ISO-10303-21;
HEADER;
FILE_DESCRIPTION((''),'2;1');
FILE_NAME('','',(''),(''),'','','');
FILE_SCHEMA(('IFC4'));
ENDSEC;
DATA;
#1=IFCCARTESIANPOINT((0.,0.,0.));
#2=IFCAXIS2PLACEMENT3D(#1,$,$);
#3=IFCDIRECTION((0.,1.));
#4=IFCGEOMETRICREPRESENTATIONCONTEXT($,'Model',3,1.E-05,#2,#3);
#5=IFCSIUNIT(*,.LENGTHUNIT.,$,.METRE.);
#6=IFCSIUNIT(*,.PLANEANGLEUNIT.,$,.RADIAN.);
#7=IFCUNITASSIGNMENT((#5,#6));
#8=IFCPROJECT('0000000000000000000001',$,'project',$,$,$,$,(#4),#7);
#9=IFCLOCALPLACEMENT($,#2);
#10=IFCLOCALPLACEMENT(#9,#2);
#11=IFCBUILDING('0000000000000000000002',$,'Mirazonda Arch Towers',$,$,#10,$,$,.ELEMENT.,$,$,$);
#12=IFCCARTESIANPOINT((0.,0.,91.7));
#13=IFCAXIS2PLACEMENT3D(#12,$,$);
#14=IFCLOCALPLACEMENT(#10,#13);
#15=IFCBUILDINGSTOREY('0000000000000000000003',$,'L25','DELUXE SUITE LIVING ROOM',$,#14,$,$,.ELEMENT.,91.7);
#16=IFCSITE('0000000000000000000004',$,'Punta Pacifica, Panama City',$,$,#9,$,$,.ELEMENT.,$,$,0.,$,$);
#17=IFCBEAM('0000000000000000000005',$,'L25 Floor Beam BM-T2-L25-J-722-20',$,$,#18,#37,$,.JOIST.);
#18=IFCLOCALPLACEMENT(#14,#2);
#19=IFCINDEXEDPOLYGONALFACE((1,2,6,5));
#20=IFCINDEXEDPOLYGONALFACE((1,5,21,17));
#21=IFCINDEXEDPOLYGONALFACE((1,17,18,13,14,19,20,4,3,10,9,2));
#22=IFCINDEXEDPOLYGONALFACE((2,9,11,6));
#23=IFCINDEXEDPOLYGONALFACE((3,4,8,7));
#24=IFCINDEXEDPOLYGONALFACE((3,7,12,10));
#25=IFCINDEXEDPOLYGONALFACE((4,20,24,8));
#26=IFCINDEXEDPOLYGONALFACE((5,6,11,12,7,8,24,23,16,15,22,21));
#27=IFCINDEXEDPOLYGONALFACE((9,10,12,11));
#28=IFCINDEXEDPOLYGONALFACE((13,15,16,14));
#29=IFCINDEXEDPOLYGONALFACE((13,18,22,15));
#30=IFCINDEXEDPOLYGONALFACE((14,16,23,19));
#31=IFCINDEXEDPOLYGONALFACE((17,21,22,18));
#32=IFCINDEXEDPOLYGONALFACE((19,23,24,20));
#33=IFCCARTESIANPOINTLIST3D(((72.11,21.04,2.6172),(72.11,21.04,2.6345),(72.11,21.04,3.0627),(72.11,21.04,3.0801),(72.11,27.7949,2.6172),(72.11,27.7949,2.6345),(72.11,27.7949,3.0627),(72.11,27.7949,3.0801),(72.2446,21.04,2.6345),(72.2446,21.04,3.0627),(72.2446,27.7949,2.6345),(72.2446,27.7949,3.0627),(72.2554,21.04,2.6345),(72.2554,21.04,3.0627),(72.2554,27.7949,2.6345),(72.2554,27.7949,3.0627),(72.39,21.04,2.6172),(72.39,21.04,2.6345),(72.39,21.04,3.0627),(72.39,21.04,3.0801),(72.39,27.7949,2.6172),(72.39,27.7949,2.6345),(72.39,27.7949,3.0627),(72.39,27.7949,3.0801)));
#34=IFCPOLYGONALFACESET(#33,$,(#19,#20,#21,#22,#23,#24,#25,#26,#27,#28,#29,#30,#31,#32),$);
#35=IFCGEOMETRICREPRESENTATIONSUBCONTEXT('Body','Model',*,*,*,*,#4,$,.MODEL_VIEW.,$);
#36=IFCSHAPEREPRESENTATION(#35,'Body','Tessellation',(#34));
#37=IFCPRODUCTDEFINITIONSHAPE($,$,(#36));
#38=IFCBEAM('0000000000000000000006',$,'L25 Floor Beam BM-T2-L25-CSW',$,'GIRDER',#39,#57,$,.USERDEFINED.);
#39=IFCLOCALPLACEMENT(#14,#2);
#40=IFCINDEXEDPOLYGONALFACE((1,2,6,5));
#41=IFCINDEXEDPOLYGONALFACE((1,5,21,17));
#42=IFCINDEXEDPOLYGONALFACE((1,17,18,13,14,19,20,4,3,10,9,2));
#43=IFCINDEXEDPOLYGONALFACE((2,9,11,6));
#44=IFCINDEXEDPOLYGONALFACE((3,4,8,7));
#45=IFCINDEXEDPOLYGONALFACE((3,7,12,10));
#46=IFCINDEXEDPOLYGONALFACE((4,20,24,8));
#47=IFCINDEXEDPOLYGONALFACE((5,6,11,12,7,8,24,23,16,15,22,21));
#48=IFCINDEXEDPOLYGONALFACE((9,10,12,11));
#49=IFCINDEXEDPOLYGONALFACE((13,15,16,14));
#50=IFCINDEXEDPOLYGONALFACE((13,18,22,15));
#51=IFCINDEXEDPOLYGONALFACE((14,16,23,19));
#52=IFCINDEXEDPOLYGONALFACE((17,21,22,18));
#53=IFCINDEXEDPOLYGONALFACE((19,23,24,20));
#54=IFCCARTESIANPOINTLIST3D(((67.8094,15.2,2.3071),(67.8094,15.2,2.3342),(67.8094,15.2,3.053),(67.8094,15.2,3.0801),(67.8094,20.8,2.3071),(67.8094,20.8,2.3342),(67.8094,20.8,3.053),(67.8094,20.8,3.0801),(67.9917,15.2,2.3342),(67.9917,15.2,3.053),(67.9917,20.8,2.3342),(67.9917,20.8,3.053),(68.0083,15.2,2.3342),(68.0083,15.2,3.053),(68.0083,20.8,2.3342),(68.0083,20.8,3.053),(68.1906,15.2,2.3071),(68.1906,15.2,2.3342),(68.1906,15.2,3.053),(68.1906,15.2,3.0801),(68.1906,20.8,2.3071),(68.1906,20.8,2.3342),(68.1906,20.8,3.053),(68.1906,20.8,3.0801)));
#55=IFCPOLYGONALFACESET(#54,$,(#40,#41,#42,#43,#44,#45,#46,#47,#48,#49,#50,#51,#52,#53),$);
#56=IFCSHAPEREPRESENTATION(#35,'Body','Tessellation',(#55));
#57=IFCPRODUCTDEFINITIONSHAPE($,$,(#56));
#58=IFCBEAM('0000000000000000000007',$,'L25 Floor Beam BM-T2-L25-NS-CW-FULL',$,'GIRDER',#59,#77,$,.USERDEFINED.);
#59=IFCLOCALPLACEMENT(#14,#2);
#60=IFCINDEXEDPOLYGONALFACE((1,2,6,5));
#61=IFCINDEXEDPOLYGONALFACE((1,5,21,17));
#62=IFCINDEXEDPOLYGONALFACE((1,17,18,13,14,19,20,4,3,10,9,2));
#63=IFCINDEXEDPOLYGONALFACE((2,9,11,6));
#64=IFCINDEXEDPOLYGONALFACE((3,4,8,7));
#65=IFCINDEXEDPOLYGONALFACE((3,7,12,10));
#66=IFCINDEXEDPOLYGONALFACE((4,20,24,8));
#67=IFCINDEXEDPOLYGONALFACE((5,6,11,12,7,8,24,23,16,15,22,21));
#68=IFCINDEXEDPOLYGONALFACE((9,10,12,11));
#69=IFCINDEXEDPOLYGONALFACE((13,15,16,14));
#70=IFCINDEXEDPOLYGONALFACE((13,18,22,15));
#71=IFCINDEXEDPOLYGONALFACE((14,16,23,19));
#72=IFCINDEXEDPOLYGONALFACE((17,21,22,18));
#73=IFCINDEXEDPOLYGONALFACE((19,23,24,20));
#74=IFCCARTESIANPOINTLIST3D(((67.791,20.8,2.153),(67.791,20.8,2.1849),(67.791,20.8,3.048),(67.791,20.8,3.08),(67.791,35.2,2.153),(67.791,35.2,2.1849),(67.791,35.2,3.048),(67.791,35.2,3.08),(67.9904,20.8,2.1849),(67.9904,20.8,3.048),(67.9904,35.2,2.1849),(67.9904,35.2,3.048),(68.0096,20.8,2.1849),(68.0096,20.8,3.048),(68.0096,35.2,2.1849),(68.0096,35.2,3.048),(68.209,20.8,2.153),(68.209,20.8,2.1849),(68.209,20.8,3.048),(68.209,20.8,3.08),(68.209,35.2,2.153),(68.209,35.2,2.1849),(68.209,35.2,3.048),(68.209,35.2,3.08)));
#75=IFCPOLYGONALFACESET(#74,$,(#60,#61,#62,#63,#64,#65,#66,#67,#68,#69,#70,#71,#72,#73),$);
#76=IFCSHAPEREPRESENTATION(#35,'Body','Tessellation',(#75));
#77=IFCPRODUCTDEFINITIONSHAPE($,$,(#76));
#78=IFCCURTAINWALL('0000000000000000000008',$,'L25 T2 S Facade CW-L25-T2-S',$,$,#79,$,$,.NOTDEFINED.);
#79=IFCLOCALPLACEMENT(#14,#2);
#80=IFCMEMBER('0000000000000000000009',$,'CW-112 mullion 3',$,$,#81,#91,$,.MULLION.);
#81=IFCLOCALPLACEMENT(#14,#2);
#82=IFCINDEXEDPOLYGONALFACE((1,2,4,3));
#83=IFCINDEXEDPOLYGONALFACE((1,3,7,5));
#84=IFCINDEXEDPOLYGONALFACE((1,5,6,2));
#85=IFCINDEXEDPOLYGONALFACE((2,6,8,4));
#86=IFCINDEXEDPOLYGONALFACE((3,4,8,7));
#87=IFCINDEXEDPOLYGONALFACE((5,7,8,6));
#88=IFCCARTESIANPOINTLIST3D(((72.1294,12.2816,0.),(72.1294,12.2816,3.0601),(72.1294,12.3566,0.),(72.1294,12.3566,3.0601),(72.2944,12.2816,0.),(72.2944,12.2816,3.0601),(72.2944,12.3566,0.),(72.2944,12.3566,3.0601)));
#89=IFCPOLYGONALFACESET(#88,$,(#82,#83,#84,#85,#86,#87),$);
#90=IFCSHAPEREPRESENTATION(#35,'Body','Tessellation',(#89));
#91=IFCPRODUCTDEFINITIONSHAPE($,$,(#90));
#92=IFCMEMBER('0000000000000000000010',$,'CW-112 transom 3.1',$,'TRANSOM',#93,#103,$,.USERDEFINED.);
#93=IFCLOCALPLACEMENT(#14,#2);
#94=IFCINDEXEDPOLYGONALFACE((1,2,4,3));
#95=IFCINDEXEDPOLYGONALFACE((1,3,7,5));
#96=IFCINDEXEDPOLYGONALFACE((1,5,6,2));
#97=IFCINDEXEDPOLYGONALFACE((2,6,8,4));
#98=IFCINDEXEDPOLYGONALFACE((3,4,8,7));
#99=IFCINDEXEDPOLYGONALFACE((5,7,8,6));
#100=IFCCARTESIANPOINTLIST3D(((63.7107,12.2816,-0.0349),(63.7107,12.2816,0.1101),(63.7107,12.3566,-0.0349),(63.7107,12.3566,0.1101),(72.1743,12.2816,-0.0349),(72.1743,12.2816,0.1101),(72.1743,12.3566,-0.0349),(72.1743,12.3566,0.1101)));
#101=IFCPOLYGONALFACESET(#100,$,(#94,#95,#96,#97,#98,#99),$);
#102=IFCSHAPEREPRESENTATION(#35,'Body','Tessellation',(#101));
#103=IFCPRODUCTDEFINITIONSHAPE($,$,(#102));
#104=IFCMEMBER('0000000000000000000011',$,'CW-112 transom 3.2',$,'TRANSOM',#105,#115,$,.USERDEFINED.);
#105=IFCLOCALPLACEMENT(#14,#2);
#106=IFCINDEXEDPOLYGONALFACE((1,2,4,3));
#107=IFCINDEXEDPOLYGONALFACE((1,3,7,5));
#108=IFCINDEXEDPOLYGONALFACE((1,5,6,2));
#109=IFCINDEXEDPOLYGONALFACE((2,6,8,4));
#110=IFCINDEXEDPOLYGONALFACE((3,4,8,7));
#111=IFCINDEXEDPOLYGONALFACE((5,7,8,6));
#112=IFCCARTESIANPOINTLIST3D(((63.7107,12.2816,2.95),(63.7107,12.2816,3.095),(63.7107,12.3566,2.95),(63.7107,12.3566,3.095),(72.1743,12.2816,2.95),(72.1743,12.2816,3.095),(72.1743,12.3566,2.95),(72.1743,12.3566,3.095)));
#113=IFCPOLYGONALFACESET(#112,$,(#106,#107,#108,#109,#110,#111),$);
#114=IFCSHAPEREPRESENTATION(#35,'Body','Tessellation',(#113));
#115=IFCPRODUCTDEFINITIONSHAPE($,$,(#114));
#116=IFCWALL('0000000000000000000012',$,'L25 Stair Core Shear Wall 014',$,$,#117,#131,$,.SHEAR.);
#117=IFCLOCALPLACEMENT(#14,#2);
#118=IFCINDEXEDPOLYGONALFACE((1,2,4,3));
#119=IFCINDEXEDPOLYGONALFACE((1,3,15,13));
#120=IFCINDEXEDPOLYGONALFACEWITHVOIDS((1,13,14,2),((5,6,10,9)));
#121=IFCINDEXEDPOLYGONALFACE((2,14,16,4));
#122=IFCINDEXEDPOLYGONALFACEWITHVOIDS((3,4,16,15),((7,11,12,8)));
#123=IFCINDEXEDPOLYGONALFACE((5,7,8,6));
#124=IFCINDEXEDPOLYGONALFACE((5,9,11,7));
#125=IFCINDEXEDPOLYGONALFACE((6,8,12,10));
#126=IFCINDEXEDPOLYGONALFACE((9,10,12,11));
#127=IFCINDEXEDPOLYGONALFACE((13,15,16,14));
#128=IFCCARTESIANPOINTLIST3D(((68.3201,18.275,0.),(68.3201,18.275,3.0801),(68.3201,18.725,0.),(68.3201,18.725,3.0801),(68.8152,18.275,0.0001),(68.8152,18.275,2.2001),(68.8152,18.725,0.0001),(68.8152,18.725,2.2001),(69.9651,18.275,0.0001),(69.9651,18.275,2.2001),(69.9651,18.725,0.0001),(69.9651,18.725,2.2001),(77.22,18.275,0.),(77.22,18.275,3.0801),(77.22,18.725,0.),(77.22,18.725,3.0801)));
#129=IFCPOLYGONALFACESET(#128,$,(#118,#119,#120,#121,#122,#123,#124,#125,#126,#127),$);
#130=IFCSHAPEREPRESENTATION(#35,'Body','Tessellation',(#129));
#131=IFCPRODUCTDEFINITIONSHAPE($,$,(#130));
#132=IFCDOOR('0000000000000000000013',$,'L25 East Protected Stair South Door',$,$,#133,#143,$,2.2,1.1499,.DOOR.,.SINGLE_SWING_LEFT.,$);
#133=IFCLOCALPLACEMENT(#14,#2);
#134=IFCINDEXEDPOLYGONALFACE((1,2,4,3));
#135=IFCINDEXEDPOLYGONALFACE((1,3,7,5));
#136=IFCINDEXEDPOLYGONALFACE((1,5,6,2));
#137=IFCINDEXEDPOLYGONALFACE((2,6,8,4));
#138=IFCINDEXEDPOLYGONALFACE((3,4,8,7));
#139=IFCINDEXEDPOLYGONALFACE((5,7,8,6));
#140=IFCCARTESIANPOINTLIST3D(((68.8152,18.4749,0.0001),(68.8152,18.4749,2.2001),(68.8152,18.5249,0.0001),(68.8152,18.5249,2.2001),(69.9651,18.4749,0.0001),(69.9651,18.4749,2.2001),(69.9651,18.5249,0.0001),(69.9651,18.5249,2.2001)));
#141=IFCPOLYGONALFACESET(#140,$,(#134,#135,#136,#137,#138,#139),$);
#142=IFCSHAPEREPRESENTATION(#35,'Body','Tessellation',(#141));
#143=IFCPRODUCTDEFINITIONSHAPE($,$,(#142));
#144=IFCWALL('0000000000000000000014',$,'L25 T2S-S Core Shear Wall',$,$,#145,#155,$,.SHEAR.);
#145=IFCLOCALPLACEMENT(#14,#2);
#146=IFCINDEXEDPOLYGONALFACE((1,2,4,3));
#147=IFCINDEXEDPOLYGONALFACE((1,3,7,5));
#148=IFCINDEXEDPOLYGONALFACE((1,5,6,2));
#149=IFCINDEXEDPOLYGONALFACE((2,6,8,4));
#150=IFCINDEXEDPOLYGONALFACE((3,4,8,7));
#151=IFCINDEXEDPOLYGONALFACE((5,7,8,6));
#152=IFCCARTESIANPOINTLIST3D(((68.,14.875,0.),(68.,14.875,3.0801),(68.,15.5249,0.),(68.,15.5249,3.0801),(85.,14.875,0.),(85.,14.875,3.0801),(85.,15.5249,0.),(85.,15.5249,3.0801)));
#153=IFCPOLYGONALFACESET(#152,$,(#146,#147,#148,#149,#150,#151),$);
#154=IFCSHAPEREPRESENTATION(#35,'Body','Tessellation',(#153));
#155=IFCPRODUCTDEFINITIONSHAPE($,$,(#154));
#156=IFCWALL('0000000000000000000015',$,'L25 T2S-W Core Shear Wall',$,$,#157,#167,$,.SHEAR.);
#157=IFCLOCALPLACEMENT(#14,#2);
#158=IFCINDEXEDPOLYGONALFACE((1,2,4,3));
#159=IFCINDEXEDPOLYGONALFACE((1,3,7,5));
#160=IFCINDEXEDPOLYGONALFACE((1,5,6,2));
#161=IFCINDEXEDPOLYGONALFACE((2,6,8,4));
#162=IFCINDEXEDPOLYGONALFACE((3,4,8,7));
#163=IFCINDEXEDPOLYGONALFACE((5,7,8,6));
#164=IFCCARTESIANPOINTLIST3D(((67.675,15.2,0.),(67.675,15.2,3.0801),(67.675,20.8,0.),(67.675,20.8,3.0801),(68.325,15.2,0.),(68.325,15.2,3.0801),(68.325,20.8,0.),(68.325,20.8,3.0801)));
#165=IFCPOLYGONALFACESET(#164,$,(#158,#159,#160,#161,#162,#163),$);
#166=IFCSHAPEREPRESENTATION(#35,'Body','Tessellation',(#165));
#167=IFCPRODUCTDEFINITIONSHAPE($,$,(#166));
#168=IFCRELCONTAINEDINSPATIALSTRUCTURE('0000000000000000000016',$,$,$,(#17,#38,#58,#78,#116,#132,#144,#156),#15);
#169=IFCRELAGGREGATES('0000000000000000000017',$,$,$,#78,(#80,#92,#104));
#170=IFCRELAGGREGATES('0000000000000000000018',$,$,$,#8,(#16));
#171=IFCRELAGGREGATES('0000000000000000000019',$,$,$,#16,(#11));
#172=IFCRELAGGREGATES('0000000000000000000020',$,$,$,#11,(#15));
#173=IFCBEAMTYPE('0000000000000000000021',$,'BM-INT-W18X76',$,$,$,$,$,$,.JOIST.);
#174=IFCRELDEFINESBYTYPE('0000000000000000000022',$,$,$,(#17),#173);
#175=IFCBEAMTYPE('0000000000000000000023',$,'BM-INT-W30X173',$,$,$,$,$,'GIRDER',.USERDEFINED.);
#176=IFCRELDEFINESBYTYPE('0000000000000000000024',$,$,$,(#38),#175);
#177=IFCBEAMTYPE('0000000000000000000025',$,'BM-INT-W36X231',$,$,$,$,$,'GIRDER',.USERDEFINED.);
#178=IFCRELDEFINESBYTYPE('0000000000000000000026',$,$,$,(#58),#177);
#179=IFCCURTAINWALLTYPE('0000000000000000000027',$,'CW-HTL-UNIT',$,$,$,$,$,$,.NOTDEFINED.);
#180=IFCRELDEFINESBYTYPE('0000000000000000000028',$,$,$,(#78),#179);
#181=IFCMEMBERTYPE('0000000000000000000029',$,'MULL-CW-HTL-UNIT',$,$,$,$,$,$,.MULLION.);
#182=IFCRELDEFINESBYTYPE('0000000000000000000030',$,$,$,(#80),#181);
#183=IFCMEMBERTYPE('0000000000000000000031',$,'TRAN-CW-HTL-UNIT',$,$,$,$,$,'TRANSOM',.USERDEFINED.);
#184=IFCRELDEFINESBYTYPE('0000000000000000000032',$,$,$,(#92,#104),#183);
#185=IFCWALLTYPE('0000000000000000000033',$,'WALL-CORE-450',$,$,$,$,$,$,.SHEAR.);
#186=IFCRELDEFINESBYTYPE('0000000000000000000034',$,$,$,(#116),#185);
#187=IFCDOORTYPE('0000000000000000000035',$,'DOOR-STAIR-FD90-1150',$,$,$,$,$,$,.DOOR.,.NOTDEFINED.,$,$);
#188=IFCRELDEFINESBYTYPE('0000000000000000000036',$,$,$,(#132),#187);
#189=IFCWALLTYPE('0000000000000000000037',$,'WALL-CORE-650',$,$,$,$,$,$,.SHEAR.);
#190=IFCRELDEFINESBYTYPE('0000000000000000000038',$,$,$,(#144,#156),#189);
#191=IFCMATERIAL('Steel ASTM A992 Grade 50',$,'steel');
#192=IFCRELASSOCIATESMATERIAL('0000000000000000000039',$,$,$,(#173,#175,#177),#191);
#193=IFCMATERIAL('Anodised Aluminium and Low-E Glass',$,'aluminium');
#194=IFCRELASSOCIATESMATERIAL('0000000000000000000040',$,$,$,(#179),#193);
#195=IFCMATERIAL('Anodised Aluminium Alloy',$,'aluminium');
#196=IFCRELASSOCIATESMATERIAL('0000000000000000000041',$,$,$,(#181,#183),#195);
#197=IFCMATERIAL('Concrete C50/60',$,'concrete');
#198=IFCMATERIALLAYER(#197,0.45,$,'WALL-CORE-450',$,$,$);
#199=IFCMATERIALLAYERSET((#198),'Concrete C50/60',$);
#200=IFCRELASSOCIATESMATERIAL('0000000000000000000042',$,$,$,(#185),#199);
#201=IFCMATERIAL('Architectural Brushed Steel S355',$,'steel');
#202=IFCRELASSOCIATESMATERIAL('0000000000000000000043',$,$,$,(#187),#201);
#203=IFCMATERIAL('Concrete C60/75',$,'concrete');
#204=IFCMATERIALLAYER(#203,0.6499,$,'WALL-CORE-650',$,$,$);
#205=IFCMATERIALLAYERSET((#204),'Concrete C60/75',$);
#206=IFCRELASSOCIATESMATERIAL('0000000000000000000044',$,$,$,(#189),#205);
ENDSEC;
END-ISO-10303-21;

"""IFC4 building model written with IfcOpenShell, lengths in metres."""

from ifc_helpers import new_model, si_unit, direction, frame, frame_2d, origin, origin_2d, place, context, subcontext, project, spatial, rectangle, i_section, extrude, material, layer, layer_set, material_profile, profile_set, type_object, element, fill, aggregate, save


model = new_model("IFC4")

# Units and contexts
model_context = context("Model", 3, precision=1e-05, world=origin(), true_north=direction((0.0, 1.0)))
body_context = subcontext(model_context, "Body", "Model", "MODEL_VIEW")
ifc_project = project(units=[si_unit("LENGTHUNIT", "METRE"), si_unit("PLANEANGLEUNIT", "RADIAN")], contexts=[model_context])

# Site, building, storey
site_placement = place(None, origin())
site = spatial("IfcSite", under=ifc_project, at=site_placement, Name="Punta Pacifica, Panama City", CompositionType="ELEMENT", RefElevation=0.0)
building_placement = place(site_placement, origin())
building = spatial("IfcBuilding", under=site, at=building_placement, Name="Mirazonda Arch Towers", CompositionType="ELEMENT")
storey_placement = place(building_placement, frame((0.0, 0.0, 91.7)))
storey = spatial("IfcBuildingStorey", under=building, at=storey_placement, Name="L25", Description="DELUXE SUITE LIVING ROOM", CompositionType="ELEMENT", Elevation=91.7)

# Beams
ifc_material_1 = material(Name="Steel ASTM A992 Grade 50", Category="steel")
ifc_material_profile_1 = material_profile(ifc_material_1, i_section(OverallWidth=0.28, OverallDepth=0.4629, WebThickness=0.0107, FlangeThickness=0.0173, at=origin_2d()), Name="W18X76")
ifc_profile_set_1 = profile_set([ifc_material_profile_1], Name="Steel ASTM A992 Grade 50")
beam_type_1 = type_object("IfcBeamType", Name="BM-INT-W18X76", PredefinedType="JOIST", material=ifc_profile_set_1)
beam_1_placement = place(storey_placement, frame((72.25, 21.04, 2.8486), z_axis=(0.0, 1.0, 0.0), x_axis=(-1.0, 0.0, 0.0)))
element("IfcBeam", 1, at=beam_1_placement, inside=storey, type_object=beam_type_1, Name="L25 Floor Beam BM-T2-L25-J-722-20", PredefinedType="JOIST", context=body_context, shape_type="SweptSolid", body=[
    extrude(i_section(OverallWidth=0.28, OverallDepth=0.4629, WebThickness=0.0107, FlangeThickness=0.0173, at=origin_2d()), origin(), (0.0, 0.0, 1.0), 6.7549),
])
ifc_material_profile_2 = material_profile(ifc_material_1, i_section(OverallWidth=0.3811, OverallDepth=0.7729, WebThickness=0.0166, FlangeThickness=0.0271, at=origin_2d()), Name="W30X173")
ifc_profile_set_2 = profile_set([ifc_material_profile_2], Name="Steel ASTM A992 Grade 50")
beam_type_2 = type_object("IfcBeamType", Name="BM-INT-W30X173", ElementType="GIRDER", PredefinedType="USERDEFINED", material=ifc_profile_set_2)
beam_2_placement = place(storey_placement, frame((68.0, 15.2, 2.6936), z_axis=(0.0, 1.0, 0.0), x_axis=(-1.0, 0.0, 0.0)))
element("IfcBeam", 2, at=beam_2_placement, inside=storey, type_object=beam_type_2, Name="L25 Floor Beam BM-T2-L25-CSW", ObjectType="GIRDER", PredefinedType="USERDEFINED", context=body_context, shape_type="SweptSolid", body=[
    extrude(i_section(OverallWidth=0.3811, OverallDepth=0.7729, WebThickness=0.0166, FlangeThickness=0.0271, at=origin_2d()), origin(), (0.0, 0.0, 1.0), 5.6001),
])
ifc_material_profile_3 = material_profile(ifc_material_1, i_section(OverallWidth=0.418, OverallDepth=0.927, WebThickness=0.0193, FlangeThickness=0.032, at=origin_2d()), Name="W36X231")
ifc_profile_set_3 = profile_set([ifc_material_profile_3], Name="Steel ASTM A992 Grade 50")
beam_type_3 = type_object("IfcBeamType", Name="BM-INT-W36X231", ElementType="GIRDER", PredefinedType="USERDEFINED", material=ifc_profile_set_3)
beam_3_placement = place(storey_placement, frame((68.0, 20.8, 2.6165), z_axis=(0.0, 1.0, 0.0), x_axis=(-1.0, 0.0, 0.0)))
element("IfcBeam", 3, at=beam_3_placement, inside=storey, type_object=beam_type_3, Name="L25 Floor Beam BM-T2-L25-NS-CW-FULL", ObjectType="GIRDER", PredefinedType="USERDEFINED", context=body_context, shape_type="SweptSolid", body=[
    extrude(i_section(OverallWidth=0.418, OverallDepth=0.927, WebThickness=0.0193, FlangeThickness=0.032, at=origin_2d()), origin(), (0.0, 0.0, 1.0), 14.3999),
])

# Curtain wall, members
ifc_material_2 = material(Name="Anodised Aluminium and Low-E Glass", Category="aluminium")
curtain_wall_type = type_object("IfcCurtainWallType", Name="CW-HTL-UNIT", PredefinedType="NOTDEFINED", material=ifc_material_2)
curtain_wall_placement = place(storey_placement, origin())
curtain_wall = element("IfcCurtainWall", 4, at=curtain_wall_placement, inside=storey, type_object=curtain_wall_type, Name="L25 T2 S Facade CW-L25-T2-S", PredefinedType="NOTDEFINED")
ifc_material_3 = material(Name="Anodised Aluminium Alloy", Category="aluminium")
ifc_material_profile_4 = material_profile(ifc_material_3, rectangle(XDim=0.075, YDim=0.165, at=origin_2d()), Name="ALU-MULL-75x165")
ifc_profile_set_4 = profile_set([ifc_material_profile_4], Name="Anodised Aluminium Alloy")
member_type_1 = type_object("IfcMemberType", Name="MULL-CW-HTL-UNIT", PredefinedType="MULLION", material=ifc_profile_set_4)
member_1_placement = place(storey_placement, frame((72.2119, 12.3191, 0.0), z_axis=(0.0, 0.0, 1.0), x_axis=(0.0, -1.0, 0.0)))
member_1 = element("IfcMember", 5, at=member_1_placement, type_object=member_type_1, Name="CW-112 mullion 3", PredefinedType="MULLION", context=body_context, shape_type="SweptSolid", body=[
    extrude(rectangle(XDim=0.075, YDim=0.165, at=origin_2d()), origin(), (0.0, 0.0, 1.0), 3.0601),
])
ifc_material_profile_5 = material_profile(ifc_material_3, rectangle(XDim=0.075, YDim=0.145, at=origin_2d()), Name="ALU-TRAN-75x145")
ifc_profile_set_5 = profile_set([ifc_material_profile_5], Name="Anodised Aluminium Alloy")
member_type_2 = type_object("IfcMemberType", Name="TRAN-CW-HTL-UNIT", ElementType="TRANSOM", PredefinedType="USERDEFINED", material=ifc_profile_set_5)
member_2_placement = place(storey_placement, frame((72.1743, 12.3191, 0.0376), z_axis=(-1.0, 0.0, 0.0), x_axis=(0.0, -1.0, 0.0)))
member_2 = element("IfcMember", 6, at=member_2_placement, type_object=member_type_2, Name="CW-112 transom 3.1", ObjectType="TRANSOM", PredefinedType="USERDEFINED", context=body_context, shape_type="SweptSolid", body=[
    extrude(rectangle(XDim=0.075, YDim=0.145, at=origin_2d()), origin(), (0.0, 0.0, 1.0), 8.4636),
])
member_3_placement = place(storey_placement, frame((72.1743, 12.3191, 3.0225), z_axis=(-1.0, 0.0, 0.0), x_axis=(0.0, -1.0, 0.0)))
member_3 = element("IfcMember", 7, at=member_3_placement, type_object=member_type_2, Name="CW-112 transom 3.2", ObjectType="TRANSOM", PredefinedType="USERDEFINED", context=body_context, shape_type="SweptSolid", body=[
    extrude(rectangle(XDim=0.075, YDim=0.145, at=origin_2d()), origin(), (0.0, 0.0, 1.0), 8.4636),
])
aggregate(curtain_wall, [member_1, member_2, member_3])

# Wall, opening, door
ifc_material_4 = material(Name="Concrete C50/60", Category="concrete")
ifc_layer_1 = layer(ifc_material_4, 0.45, Name="WALL-CORE-450")
ifc_layer_set_1 = layer_set([ifc_layer_1], Name="Concrete C50/60")
wall_type_1 = type_object("IfcWallType", Name="WALL-CORE-450", PredefinedType="SHEAR", material=ifc_layer_set_1)
wall_1_placement = place(storey_placement, frame((68.3201, 18.5, 0.0), z_axis=(0.0, 0.0, 1.0), x_axis=(1.0, 0.0, 0.0)))
wall_1 = element("IfcWall", 8, at=wall_1_placement, inside=storey, type_object=wall_type_1, Name="L25 Stair Core Shear Wall 014", PredefinedType="SHEAR", context=body_context, shape_type="SweptSolid", body=[
    extrude(rectangle(XDim=8.8999, YDim=0.45, at=frame_2d((4.45, 0.0))), origin(), (0.0, 0.0, 1.0), 3.0801),
])
opening_1_placement = place(wall_1_placement, frame((0.4951, 0.0, 0.0)))
opening_1 = element("IfcOpeningElement", 9, at=opening_1_placement, cuts=wall_1, PredefinedType="OPENING", context=body_context, shape_type="SweptSolid", body=[
    extrude(rectangle(XDim=1.1499, YDim=2.2, at=frame_2d((0.575, 1.1001))), frame((0.0, 0.2349, 0.0), z_axis=(0.0, -1.0, 0.0), x_axis=(1.0, 0.0, 0.0)), (0.0, 0.0, 1.0), 0.47),
])
ifc_material_5 = material(Name="Architectural Brushed Steel S355", Category="steel")
door_type_1 = type_object("IfcDoorType", Name="DOOR-STAIR-FD90-1150", OperationType="NOTDEFINED", PredefinedType="DOOR", material=ifc_material_5)
door_1_placement = place(opening_1_placement, origin())
door_1 = element("IfcDoor", 10, at=door_1_placement, inside=storey, type_object=door_type_1, Name="L25 East Protected Stair South Door", OperationType="SINGLE_SWING_LEFT", OverallHeight=2.2, OverallWidth=1.1499, PredefinedType="DOOR", context=body_context, shape_type="SweptSolid", body=[
    extrude(rectangle(XDim=1.1499, YDim=2.2, at=frame_2d((0.575, 1.1001))), frame((0.0, 0.0249, 0.0), z_axis=(0.0, -1.0, 0.0), x_axis=(1.0, 0.0, 0.0)), (0.0, 0.0, 1.0), 0.05),
])
fill(opening_1, door_1)

# Walls
ifc_material_6 = material(Name="Concrete C60/75", Category="concrete")
ifc_layer_2 = layer(ifc_material_6, 0.6499, Name="WALL-CORE-650")
ifc_layer_set_2 = layer_set([ifc_layer_2], Name="Concrete C60/75")
wall_type_2 = type_object("IfcWallType", Name="WALL-CORE-650", PredefinedType="SHEAR", material=ifc_layer_set_2)
wall_2_placement = place(storey_placement, frame((68.0, 15.2, 0.0), z_axis=(0.0, 0.0, 1.0), x_axis=(1.0, 0.0, 0.0)))
element("IfcWall", 11, at=wall_2_placement, inside=storey, type_object=wall_type_2, Name="L25 T2S-S Core Shear Wall", PredefinedType="SHEAR", context=body_context, shape_type="SweptSolid", body=[
    extrude(rectangle(XDim=17.0, YDim=0.6499, at=frame_2d((8.5, 0.0))), origin(), (0.0, 0.0, 1.0), 3.0801),
])
wall_3_placement = place(storey_placement, frame((68.0, 15.2, 0.0), z_axis=(0.0, 0.0, 1.0), x_axis=(0.0, 1.0, 0.0)))
element("IfcWall", 12, at=wall_3_placement, inside=storey, type_object=wall_type_2, Name="L25 T2S-W Core Shear Wall", PredefinedType="SHEAR", context=body_context, shape_type="SweptSolid", body=[
    extrude(rectangle(XDim=5.6001, YDim=0.6499, at=frame_2d((2.8, 0.0))), origin(), (0.0, 0.0, 1.0), 3.0801),
])

save(model, "model.ifc")
